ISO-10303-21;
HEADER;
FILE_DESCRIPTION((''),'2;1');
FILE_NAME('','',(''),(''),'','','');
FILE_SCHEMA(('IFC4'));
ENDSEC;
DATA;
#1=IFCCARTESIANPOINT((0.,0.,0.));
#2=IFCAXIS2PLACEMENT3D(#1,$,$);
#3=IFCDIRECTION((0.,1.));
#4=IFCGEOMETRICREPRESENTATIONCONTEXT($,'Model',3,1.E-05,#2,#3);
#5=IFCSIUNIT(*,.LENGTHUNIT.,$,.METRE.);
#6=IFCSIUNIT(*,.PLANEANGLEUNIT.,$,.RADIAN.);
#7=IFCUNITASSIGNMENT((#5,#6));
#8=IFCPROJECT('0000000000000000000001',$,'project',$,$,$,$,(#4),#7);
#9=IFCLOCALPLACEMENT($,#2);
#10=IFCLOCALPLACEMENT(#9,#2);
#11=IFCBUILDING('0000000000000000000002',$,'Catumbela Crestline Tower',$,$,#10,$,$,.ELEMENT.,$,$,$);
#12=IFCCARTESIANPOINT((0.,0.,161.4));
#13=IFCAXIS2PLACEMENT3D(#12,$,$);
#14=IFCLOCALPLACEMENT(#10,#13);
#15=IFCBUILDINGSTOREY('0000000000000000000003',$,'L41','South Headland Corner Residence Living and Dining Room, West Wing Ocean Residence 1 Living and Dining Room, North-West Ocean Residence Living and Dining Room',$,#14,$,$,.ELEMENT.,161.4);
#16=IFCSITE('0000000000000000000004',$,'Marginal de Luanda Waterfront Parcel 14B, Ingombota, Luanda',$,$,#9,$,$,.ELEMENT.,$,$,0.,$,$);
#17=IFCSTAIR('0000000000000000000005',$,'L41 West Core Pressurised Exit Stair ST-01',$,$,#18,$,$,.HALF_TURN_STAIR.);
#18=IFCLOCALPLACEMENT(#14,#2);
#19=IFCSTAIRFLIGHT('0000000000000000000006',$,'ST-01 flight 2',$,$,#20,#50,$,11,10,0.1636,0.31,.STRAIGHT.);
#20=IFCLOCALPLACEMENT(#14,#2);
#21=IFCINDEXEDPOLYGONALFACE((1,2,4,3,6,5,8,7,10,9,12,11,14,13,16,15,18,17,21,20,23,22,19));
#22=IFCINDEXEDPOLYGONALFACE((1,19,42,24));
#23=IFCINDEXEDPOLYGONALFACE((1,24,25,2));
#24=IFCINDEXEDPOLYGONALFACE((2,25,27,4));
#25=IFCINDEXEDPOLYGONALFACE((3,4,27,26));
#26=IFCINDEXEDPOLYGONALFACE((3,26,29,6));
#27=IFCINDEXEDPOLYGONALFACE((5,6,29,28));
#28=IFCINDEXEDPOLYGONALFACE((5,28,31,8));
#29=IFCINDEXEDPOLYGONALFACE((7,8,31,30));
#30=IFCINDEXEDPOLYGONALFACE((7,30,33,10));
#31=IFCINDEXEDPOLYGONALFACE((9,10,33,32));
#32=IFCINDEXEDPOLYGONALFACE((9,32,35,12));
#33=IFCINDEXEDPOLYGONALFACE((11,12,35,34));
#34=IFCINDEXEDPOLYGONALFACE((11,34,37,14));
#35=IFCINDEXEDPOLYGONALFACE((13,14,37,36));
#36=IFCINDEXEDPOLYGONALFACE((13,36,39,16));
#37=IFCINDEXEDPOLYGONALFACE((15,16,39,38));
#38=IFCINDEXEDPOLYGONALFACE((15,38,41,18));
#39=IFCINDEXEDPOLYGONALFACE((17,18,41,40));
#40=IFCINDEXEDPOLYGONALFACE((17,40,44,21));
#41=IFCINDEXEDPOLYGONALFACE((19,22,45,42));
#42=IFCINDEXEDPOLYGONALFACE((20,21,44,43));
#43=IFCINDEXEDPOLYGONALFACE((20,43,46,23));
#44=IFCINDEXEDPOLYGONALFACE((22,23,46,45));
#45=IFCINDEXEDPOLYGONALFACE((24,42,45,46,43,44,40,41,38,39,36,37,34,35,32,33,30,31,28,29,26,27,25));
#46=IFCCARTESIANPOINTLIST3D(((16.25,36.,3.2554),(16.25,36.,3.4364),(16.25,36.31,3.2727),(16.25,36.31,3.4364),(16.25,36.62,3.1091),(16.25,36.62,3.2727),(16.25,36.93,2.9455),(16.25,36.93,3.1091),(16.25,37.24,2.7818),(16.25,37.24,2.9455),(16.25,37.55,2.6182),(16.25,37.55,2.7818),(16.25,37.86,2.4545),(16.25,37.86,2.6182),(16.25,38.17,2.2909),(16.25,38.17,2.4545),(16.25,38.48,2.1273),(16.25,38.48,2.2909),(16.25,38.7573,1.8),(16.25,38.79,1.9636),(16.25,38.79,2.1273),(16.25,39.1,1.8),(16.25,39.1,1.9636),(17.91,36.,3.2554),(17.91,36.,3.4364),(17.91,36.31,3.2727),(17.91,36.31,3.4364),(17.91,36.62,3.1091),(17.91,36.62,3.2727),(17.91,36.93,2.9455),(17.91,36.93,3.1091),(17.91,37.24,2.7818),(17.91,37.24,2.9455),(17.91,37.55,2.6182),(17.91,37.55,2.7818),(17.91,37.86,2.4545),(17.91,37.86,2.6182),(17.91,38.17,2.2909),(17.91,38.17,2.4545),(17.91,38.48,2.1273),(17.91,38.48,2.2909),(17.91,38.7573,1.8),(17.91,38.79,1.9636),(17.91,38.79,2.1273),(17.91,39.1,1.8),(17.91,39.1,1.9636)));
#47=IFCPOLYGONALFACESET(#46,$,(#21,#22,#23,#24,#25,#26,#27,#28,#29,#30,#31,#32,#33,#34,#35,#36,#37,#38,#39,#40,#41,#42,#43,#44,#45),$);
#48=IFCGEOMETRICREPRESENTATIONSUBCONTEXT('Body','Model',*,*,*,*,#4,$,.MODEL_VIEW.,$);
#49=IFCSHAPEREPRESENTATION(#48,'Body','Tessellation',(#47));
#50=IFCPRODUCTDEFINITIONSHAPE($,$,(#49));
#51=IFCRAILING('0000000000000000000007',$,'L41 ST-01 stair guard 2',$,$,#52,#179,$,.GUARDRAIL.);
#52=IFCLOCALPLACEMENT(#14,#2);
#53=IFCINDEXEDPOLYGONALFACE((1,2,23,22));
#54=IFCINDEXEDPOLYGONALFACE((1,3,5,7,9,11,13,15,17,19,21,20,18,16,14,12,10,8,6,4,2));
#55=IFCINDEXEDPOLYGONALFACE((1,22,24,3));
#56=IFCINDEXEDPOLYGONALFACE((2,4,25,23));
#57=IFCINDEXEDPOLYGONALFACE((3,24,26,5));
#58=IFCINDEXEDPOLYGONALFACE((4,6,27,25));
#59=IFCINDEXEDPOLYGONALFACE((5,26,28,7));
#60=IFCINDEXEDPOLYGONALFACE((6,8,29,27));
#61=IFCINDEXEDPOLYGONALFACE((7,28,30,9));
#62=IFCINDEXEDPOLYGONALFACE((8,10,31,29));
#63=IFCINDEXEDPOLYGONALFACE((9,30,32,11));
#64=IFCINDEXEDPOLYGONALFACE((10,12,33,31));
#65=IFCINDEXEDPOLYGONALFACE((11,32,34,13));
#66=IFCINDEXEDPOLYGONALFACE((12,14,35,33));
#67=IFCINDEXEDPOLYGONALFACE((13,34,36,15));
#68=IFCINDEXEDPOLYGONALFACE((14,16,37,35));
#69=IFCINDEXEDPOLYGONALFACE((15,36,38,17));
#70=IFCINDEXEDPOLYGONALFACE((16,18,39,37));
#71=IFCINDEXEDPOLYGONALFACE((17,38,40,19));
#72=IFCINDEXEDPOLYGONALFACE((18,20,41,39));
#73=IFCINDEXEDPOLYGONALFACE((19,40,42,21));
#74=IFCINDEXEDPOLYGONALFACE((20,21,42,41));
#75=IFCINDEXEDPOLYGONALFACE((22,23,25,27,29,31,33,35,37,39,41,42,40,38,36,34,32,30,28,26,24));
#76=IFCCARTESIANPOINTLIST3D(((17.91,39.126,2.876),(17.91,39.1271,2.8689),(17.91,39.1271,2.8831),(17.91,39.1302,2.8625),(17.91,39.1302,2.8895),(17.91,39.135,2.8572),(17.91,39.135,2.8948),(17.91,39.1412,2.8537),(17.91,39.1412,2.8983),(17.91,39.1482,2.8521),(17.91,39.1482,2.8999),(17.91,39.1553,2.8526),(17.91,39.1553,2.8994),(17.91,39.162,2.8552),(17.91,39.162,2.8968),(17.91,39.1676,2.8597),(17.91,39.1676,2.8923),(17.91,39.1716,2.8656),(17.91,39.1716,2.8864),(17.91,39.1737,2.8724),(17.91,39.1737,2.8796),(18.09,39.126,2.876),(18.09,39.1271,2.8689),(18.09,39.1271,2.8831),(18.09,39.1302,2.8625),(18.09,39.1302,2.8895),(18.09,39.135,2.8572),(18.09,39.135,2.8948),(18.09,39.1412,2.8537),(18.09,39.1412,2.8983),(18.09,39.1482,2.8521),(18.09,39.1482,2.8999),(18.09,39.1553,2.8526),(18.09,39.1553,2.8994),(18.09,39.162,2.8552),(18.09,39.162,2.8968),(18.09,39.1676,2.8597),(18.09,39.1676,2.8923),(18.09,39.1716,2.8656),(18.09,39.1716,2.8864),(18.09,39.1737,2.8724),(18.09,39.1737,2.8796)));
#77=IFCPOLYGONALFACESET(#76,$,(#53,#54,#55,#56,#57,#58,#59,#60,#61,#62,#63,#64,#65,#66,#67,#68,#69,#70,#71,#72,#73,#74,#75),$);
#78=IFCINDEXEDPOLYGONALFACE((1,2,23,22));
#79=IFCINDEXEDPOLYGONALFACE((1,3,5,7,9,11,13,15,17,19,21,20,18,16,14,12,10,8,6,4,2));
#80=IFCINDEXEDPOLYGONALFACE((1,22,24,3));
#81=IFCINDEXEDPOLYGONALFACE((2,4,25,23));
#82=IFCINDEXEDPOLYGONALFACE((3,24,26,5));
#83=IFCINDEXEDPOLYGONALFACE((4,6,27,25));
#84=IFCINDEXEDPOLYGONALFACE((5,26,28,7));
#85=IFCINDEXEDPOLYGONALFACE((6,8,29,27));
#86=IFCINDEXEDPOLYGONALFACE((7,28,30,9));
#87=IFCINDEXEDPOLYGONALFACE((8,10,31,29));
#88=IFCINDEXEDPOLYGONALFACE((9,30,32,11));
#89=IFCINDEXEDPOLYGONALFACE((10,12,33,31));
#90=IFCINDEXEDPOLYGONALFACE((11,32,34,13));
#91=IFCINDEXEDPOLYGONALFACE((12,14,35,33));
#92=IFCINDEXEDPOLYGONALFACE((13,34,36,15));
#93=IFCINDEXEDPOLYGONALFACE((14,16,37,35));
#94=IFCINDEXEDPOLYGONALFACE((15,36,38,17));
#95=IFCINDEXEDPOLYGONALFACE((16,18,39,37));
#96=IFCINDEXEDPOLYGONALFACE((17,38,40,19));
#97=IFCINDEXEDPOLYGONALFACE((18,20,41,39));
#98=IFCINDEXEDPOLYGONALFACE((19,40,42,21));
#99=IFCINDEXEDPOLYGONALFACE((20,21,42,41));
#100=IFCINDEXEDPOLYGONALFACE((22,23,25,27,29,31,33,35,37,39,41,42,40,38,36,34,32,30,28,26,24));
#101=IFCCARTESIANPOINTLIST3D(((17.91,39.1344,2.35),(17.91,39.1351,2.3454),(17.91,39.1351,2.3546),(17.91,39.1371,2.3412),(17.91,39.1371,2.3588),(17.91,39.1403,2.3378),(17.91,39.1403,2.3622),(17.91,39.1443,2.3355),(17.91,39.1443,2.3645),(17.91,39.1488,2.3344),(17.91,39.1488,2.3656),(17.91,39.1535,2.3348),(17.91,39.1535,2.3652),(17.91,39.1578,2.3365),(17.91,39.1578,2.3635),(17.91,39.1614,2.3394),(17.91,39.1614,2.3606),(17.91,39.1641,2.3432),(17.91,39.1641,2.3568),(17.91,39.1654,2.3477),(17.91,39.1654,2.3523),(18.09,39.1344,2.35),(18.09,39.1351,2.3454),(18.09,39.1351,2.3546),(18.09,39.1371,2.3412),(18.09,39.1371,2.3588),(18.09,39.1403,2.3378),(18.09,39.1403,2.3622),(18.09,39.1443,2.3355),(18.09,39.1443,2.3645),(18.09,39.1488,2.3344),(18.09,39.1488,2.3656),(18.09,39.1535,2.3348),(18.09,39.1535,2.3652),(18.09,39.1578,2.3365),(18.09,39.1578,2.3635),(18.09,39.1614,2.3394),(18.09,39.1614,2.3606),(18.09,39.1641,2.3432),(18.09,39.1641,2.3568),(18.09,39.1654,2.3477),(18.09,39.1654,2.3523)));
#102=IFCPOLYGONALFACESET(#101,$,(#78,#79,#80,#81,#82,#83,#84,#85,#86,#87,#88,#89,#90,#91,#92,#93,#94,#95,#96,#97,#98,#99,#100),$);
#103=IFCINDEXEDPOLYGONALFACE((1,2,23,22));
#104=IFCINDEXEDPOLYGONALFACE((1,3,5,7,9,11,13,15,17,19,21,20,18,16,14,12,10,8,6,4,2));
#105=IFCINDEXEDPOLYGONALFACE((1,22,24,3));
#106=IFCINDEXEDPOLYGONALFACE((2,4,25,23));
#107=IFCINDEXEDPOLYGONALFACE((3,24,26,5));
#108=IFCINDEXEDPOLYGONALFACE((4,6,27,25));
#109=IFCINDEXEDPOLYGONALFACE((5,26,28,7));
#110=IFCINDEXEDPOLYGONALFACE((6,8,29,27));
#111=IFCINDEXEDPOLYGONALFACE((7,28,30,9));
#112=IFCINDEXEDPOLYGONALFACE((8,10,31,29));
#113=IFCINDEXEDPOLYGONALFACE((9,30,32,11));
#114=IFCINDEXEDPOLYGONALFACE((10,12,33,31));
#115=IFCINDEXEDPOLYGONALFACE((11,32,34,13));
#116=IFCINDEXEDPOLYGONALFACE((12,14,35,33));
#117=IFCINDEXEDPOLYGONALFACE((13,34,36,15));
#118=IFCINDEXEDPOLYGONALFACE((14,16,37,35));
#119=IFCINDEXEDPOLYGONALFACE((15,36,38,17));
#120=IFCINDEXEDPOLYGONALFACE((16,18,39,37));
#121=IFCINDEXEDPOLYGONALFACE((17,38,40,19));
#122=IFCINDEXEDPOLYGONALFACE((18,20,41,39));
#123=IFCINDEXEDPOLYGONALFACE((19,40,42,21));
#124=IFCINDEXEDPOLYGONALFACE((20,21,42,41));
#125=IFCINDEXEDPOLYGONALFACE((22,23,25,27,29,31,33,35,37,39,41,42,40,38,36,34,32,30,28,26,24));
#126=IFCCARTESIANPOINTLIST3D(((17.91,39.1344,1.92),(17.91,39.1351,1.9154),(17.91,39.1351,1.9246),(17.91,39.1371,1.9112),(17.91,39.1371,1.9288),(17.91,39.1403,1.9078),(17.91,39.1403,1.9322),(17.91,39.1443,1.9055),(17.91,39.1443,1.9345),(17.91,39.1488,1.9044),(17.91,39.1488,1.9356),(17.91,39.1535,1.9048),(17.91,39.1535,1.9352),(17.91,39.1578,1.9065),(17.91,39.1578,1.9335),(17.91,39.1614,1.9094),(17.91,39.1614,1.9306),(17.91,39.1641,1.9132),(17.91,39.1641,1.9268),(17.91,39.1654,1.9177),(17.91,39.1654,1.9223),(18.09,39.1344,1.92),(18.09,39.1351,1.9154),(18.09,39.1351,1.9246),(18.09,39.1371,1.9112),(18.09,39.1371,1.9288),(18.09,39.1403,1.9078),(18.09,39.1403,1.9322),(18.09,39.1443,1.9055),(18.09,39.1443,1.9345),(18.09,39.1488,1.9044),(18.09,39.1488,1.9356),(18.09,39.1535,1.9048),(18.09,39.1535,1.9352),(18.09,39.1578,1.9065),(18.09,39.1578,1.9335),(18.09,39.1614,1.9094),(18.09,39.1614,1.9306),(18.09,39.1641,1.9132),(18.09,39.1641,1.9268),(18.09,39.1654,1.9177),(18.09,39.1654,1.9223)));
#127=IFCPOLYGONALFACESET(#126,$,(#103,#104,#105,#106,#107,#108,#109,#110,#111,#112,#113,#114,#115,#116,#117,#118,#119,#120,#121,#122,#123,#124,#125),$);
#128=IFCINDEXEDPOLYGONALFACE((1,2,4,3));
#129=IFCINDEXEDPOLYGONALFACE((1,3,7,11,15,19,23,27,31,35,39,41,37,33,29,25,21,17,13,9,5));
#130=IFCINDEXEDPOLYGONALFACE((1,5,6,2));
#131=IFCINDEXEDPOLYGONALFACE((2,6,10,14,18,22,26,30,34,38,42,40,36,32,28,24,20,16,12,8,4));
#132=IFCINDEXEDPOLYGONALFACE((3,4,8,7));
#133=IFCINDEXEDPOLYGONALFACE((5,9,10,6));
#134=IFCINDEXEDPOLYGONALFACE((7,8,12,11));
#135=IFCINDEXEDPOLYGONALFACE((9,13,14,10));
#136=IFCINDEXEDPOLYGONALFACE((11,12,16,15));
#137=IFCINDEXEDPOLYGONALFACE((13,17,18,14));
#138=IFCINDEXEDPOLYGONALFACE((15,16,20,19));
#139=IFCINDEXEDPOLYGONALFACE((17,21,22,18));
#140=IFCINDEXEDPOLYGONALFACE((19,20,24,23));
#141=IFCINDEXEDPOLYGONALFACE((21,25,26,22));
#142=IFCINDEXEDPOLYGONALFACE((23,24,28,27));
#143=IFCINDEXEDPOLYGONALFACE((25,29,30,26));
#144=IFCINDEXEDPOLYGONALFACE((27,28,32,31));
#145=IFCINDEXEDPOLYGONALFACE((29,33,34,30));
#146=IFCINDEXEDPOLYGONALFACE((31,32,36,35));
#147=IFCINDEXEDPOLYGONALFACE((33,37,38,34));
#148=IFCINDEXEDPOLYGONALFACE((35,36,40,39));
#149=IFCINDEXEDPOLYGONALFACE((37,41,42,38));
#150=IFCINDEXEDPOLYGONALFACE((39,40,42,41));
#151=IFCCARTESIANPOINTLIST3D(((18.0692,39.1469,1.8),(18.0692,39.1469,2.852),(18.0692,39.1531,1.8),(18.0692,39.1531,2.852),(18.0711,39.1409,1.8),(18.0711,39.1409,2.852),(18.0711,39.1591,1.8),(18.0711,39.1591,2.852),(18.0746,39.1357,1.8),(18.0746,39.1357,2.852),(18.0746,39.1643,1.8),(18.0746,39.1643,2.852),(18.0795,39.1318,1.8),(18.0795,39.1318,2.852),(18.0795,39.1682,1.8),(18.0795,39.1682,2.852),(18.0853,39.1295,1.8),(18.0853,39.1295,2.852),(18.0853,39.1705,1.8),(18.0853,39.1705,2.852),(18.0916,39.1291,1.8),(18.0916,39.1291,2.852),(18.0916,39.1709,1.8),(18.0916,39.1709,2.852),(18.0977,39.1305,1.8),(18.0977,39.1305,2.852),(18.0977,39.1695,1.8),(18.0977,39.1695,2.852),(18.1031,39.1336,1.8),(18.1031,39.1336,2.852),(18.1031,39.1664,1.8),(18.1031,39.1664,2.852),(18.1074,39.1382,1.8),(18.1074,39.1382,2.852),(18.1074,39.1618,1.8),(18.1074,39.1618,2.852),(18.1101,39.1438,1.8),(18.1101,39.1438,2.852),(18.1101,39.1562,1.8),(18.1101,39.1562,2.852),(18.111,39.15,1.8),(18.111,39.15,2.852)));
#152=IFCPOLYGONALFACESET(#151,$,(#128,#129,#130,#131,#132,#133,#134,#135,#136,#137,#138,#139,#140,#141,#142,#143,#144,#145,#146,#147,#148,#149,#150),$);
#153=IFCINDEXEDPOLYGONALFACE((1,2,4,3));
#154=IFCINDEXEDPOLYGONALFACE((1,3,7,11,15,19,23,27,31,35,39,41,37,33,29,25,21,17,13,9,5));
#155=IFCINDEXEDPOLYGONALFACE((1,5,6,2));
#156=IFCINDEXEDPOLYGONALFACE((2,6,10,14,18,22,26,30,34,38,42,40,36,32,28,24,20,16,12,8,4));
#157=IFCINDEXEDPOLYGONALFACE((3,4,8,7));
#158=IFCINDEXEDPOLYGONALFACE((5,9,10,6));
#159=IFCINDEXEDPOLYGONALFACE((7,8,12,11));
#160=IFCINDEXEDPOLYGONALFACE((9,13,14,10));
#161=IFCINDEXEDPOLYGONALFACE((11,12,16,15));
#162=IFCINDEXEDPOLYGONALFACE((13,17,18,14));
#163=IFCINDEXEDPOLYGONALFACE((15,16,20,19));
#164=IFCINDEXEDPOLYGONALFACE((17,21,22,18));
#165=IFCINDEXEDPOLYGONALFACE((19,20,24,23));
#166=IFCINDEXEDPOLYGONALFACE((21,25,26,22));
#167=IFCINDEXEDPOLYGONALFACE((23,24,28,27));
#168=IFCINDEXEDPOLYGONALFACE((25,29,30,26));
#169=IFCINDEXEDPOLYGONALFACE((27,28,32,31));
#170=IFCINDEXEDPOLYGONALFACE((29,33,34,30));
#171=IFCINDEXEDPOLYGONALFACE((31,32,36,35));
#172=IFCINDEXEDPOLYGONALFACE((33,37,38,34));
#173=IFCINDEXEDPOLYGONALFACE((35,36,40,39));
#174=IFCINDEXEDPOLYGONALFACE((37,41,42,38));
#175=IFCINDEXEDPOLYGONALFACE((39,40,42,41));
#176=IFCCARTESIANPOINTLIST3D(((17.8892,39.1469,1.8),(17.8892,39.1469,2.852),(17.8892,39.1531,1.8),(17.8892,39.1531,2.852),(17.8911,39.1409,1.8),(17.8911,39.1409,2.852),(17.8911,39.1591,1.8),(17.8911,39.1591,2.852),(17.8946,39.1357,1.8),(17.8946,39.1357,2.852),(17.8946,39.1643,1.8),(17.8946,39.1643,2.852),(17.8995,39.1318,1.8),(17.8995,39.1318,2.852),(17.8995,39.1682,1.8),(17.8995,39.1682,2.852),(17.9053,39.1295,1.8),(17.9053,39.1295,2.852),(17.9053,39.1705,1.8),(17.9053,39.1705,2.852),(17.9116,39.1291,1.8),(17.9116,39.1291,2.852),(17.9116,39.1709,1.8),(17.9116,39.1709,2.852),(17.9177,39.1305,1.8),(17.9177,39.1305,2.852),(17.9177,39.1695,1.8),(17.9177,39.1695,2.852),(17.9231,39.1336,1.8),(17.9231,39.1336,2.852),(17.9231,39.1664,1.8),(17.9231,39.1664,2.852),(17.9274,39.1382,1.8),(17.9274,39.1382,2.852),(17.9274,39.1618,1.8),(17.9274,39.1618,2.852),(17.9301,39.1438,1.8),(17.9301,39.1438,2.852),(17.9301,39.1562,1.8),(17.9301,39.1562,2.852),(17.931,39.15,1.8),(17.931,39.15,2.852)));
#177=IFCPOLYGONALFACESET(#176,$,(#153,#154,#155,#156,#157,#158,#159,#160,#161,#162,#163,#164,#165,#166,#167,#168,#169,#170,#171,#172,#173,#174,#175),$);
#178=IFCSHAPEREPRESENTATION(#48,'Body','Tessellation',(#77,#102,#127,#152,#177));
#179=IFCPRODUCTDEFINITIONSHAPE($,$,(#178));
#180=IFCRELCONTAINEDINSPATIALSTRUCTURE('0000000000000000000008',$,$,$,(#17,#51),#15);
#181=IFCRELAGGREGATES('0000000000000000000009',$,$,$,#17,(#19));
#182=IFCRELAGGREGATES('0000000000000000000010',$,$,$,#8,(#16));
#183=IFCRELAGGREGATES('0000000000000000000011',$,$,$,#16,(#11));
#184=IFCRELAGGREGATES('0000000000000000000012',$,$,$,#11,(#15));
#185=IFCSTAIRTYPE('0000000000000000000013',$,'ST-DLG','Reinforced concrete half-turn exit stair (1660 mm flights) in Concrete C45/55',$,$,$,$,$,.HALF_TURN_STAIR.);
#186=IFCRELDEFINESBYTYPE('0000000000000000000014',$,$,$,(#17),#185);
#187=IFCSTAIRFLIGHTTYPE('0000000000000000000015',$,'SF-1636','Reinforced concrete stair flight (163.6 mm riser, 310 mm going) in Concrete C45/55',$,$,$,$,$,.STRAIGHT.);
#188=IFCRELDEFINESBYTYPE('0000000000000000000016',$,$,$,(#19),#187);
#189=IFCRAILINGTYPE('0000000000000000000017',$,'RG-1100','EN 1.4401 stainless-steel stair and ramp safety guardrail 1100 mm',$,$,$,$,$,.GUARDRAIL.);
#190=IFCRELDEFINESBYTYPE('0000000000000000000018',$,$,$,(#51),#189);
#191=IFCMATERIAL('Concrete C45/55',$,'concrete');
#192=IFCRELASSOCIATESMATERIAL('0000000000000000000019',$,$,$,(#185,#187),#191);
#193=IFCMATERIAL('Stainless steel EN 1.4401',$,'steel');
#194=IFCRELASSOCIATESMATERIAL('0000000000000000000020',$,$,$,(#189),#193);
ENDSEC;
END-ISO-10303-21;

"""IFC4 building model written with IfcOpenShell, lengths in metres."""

from ifc_helpers import new_model, si_unit, direction, frame, origin, origin_2d, place, context, subcontext, project, spatial, polyline, circle, outline, extrude, material, type_object, element, aggregate, save


model = new_model("IFC4")

# Units and contexts
model_context = context("Model", 3, precision=1e-05, world=origin(), true_north=direction((0.0, 1.0)))
body_context = subcontext(model_context, "Body", "Model", "MODEL_VIEW")
ifc_project = project(units=[si_unit("LENGTHUNIT", "METRE"), si_unit("PLANEANGLEUNIT", "RADIAN")], contexts=[model_context])

# Site, building, storey
site_placement = place(None, origin())
site = spatial("IfcSite", under=ifc_project, at=site_placement, Name="Marginal de Luanda Waterfront Parcel 14B, Ingombota, Luanda", CompositionType="ELEMENT", RefElevation=0.0)
building_placement = place(site_placement, origin())
building = spatial("IfcBuilding", under=site, at=building_placement, Name="Catumbela Crestline Tower", CompositionType="ELEMENT")
storey_placement = place(building_placement, frame((0.0, 0.0, 161.4)))
storey = spatial("IfcBuildingStorey", under=building, at=storey_placement, Name="L41", Description="South Headland Corner Residence Living and Dining Room, West Wing Ocean Residence 1 Living and Dining Room, North-West Ocean Residence Living and Dining Room", CompositionType="ELEMENT", Elevation=161.4)

# Stair, stair flight
ifc_material_1 = material(Name="Concrete C45/55", Category="concrete")
stair_type = type_object("IfcStairType", Name="ST-DLG", Description="Reinforced concrete half-turn exit stair (1660 mm flights) in Concrete C45/55", PredefinedType="HALF_TURN_STAIR", material=ifc_material_1)
stair_placement = place(storey_placement, origin())
stair = element("IfcStair", 1, at=stair_placement, inside=storey, type_object=stair_type, Name="L41 West Core Pressurised Exit Stair ST-01", PredefinedType="HALF_TURN_STAIR")
stair_flight_type = type_object("IfcStairFlightType", Name="SF-1636", Description="Reinforced concrete stair flight (163.6 mm riser, 310 mm going) in Concrete C45/55", PredefinedType="STRAIGHT", material=ifc_material_1)
stair_flight_placement = place(storey_placement, frame((17.08, 39.1, 1.8), z_axis=(0.0, 0.0, 1.0), x_axis=(0.0, -1.0, 0.0)))
stair_flight = element("IfcStairFlight", 2, at=stair_flight_placement, type_object=stair_flight_type, Name="ST-01 flight 2", NumberOfRisers=11, NumberOfTreads=10, PredefinedType="STRAIGHT", RiserHeight=0.1636, TreadLength=0.31, context=body_context, shape_type="SweptSolid", body=[
    extrude(outline(polyline([(0.0, 0.0), (0.0, 0.1636), (0.31, 0.1636), (0.31, 0.3273), (0.62, 0.3273), (0.62, 0.4909), (0.93, 0.4909), (0.93, 0.6545), (1.24, 0.6545), (1.24, 0.8182), (1.55, 0.8182), (1.55, 0.9818), (1.86, 0.9818), (1.86, 1.1455), (2.17, 1.1455), (2.17, 1.3091), (2.48, 1.3091), (2.48, 1.4727), (2.79, 1.4727), (2.79, 1.6364), (3.1, 1.6364), (3.1, 1.8), (3.1, 1.4554), (0.3427, 0.0), (0.0, 0.0)])), frame((0.0, 0.83, 0.0), z_axis=(0.0, -1.0, 0.0), x_axis=(1.0, 0.0, 0.0)), (0.0, 0.0, 1.0), 1.66),
])
aggregate(stair, [stair_flight])

# Railing
ifc_material_2 = material(Name="Stainless steel EN 1.4401", Category="steel")
railing_type_1 = type_object("IfcRailingType", Name="RG-1100", Description="EN 1.4401 stainless-steel stair and ramp safety guardrail 1100 mm", PredefinedType="GUARDRAIL", material=ifc_material_2)
railing_1_placement = place(storey_placement, frame((18.09, 39.15, 1.8)))
element("IfcRailing", 3, at=railing_1_placement, inside=storey, type_object=railing_type_1, Name="L41 ST-01 stair guard 2", PredefinedType="GUARDRAIL", context=body_context, shape_type="SweptSolid", body=[
    extrude(circle(Radius=0.024, at=origin_2d()), frame((0.0, 0.0, 1.076), z_axis=(-1.0, 0.0, 0.0), x_axis=(0.0, -1.0, 0.0)), (0.0, 0.0, 1.0), 0.18),
    extrude(circle(Radius=0.0156, at=origin_2d()), frame((0.0, 0.0, 0.55), z_axis=(-1.0, 0.0, 0.0), x_axis=(0.0, -1.0, 0.0)), (0.0, 0.0, 1.0), 0.18),
    extrude(circle(Radius=0.0156, at=origin_2d()), frame((0.0, 0.0, 0.12), z_axis=(-1.0, 0.0, 0.0), x_axis=(0.0, -1.0, 0.0)), (0.0, 0.0, 1.0), 0.18),
    extrude(circle(Radius=0.021, at=origin_2d()), origin(), (0.0, 0.0, 1.0), 1.052),
    extrude(circle(Radius=0.021, at=origin_2d()), frame((-0.18, 0.0, 0.0)), (0.0, 0.0, 1.0), 1.052),
])

save(model, "model.ifc")
